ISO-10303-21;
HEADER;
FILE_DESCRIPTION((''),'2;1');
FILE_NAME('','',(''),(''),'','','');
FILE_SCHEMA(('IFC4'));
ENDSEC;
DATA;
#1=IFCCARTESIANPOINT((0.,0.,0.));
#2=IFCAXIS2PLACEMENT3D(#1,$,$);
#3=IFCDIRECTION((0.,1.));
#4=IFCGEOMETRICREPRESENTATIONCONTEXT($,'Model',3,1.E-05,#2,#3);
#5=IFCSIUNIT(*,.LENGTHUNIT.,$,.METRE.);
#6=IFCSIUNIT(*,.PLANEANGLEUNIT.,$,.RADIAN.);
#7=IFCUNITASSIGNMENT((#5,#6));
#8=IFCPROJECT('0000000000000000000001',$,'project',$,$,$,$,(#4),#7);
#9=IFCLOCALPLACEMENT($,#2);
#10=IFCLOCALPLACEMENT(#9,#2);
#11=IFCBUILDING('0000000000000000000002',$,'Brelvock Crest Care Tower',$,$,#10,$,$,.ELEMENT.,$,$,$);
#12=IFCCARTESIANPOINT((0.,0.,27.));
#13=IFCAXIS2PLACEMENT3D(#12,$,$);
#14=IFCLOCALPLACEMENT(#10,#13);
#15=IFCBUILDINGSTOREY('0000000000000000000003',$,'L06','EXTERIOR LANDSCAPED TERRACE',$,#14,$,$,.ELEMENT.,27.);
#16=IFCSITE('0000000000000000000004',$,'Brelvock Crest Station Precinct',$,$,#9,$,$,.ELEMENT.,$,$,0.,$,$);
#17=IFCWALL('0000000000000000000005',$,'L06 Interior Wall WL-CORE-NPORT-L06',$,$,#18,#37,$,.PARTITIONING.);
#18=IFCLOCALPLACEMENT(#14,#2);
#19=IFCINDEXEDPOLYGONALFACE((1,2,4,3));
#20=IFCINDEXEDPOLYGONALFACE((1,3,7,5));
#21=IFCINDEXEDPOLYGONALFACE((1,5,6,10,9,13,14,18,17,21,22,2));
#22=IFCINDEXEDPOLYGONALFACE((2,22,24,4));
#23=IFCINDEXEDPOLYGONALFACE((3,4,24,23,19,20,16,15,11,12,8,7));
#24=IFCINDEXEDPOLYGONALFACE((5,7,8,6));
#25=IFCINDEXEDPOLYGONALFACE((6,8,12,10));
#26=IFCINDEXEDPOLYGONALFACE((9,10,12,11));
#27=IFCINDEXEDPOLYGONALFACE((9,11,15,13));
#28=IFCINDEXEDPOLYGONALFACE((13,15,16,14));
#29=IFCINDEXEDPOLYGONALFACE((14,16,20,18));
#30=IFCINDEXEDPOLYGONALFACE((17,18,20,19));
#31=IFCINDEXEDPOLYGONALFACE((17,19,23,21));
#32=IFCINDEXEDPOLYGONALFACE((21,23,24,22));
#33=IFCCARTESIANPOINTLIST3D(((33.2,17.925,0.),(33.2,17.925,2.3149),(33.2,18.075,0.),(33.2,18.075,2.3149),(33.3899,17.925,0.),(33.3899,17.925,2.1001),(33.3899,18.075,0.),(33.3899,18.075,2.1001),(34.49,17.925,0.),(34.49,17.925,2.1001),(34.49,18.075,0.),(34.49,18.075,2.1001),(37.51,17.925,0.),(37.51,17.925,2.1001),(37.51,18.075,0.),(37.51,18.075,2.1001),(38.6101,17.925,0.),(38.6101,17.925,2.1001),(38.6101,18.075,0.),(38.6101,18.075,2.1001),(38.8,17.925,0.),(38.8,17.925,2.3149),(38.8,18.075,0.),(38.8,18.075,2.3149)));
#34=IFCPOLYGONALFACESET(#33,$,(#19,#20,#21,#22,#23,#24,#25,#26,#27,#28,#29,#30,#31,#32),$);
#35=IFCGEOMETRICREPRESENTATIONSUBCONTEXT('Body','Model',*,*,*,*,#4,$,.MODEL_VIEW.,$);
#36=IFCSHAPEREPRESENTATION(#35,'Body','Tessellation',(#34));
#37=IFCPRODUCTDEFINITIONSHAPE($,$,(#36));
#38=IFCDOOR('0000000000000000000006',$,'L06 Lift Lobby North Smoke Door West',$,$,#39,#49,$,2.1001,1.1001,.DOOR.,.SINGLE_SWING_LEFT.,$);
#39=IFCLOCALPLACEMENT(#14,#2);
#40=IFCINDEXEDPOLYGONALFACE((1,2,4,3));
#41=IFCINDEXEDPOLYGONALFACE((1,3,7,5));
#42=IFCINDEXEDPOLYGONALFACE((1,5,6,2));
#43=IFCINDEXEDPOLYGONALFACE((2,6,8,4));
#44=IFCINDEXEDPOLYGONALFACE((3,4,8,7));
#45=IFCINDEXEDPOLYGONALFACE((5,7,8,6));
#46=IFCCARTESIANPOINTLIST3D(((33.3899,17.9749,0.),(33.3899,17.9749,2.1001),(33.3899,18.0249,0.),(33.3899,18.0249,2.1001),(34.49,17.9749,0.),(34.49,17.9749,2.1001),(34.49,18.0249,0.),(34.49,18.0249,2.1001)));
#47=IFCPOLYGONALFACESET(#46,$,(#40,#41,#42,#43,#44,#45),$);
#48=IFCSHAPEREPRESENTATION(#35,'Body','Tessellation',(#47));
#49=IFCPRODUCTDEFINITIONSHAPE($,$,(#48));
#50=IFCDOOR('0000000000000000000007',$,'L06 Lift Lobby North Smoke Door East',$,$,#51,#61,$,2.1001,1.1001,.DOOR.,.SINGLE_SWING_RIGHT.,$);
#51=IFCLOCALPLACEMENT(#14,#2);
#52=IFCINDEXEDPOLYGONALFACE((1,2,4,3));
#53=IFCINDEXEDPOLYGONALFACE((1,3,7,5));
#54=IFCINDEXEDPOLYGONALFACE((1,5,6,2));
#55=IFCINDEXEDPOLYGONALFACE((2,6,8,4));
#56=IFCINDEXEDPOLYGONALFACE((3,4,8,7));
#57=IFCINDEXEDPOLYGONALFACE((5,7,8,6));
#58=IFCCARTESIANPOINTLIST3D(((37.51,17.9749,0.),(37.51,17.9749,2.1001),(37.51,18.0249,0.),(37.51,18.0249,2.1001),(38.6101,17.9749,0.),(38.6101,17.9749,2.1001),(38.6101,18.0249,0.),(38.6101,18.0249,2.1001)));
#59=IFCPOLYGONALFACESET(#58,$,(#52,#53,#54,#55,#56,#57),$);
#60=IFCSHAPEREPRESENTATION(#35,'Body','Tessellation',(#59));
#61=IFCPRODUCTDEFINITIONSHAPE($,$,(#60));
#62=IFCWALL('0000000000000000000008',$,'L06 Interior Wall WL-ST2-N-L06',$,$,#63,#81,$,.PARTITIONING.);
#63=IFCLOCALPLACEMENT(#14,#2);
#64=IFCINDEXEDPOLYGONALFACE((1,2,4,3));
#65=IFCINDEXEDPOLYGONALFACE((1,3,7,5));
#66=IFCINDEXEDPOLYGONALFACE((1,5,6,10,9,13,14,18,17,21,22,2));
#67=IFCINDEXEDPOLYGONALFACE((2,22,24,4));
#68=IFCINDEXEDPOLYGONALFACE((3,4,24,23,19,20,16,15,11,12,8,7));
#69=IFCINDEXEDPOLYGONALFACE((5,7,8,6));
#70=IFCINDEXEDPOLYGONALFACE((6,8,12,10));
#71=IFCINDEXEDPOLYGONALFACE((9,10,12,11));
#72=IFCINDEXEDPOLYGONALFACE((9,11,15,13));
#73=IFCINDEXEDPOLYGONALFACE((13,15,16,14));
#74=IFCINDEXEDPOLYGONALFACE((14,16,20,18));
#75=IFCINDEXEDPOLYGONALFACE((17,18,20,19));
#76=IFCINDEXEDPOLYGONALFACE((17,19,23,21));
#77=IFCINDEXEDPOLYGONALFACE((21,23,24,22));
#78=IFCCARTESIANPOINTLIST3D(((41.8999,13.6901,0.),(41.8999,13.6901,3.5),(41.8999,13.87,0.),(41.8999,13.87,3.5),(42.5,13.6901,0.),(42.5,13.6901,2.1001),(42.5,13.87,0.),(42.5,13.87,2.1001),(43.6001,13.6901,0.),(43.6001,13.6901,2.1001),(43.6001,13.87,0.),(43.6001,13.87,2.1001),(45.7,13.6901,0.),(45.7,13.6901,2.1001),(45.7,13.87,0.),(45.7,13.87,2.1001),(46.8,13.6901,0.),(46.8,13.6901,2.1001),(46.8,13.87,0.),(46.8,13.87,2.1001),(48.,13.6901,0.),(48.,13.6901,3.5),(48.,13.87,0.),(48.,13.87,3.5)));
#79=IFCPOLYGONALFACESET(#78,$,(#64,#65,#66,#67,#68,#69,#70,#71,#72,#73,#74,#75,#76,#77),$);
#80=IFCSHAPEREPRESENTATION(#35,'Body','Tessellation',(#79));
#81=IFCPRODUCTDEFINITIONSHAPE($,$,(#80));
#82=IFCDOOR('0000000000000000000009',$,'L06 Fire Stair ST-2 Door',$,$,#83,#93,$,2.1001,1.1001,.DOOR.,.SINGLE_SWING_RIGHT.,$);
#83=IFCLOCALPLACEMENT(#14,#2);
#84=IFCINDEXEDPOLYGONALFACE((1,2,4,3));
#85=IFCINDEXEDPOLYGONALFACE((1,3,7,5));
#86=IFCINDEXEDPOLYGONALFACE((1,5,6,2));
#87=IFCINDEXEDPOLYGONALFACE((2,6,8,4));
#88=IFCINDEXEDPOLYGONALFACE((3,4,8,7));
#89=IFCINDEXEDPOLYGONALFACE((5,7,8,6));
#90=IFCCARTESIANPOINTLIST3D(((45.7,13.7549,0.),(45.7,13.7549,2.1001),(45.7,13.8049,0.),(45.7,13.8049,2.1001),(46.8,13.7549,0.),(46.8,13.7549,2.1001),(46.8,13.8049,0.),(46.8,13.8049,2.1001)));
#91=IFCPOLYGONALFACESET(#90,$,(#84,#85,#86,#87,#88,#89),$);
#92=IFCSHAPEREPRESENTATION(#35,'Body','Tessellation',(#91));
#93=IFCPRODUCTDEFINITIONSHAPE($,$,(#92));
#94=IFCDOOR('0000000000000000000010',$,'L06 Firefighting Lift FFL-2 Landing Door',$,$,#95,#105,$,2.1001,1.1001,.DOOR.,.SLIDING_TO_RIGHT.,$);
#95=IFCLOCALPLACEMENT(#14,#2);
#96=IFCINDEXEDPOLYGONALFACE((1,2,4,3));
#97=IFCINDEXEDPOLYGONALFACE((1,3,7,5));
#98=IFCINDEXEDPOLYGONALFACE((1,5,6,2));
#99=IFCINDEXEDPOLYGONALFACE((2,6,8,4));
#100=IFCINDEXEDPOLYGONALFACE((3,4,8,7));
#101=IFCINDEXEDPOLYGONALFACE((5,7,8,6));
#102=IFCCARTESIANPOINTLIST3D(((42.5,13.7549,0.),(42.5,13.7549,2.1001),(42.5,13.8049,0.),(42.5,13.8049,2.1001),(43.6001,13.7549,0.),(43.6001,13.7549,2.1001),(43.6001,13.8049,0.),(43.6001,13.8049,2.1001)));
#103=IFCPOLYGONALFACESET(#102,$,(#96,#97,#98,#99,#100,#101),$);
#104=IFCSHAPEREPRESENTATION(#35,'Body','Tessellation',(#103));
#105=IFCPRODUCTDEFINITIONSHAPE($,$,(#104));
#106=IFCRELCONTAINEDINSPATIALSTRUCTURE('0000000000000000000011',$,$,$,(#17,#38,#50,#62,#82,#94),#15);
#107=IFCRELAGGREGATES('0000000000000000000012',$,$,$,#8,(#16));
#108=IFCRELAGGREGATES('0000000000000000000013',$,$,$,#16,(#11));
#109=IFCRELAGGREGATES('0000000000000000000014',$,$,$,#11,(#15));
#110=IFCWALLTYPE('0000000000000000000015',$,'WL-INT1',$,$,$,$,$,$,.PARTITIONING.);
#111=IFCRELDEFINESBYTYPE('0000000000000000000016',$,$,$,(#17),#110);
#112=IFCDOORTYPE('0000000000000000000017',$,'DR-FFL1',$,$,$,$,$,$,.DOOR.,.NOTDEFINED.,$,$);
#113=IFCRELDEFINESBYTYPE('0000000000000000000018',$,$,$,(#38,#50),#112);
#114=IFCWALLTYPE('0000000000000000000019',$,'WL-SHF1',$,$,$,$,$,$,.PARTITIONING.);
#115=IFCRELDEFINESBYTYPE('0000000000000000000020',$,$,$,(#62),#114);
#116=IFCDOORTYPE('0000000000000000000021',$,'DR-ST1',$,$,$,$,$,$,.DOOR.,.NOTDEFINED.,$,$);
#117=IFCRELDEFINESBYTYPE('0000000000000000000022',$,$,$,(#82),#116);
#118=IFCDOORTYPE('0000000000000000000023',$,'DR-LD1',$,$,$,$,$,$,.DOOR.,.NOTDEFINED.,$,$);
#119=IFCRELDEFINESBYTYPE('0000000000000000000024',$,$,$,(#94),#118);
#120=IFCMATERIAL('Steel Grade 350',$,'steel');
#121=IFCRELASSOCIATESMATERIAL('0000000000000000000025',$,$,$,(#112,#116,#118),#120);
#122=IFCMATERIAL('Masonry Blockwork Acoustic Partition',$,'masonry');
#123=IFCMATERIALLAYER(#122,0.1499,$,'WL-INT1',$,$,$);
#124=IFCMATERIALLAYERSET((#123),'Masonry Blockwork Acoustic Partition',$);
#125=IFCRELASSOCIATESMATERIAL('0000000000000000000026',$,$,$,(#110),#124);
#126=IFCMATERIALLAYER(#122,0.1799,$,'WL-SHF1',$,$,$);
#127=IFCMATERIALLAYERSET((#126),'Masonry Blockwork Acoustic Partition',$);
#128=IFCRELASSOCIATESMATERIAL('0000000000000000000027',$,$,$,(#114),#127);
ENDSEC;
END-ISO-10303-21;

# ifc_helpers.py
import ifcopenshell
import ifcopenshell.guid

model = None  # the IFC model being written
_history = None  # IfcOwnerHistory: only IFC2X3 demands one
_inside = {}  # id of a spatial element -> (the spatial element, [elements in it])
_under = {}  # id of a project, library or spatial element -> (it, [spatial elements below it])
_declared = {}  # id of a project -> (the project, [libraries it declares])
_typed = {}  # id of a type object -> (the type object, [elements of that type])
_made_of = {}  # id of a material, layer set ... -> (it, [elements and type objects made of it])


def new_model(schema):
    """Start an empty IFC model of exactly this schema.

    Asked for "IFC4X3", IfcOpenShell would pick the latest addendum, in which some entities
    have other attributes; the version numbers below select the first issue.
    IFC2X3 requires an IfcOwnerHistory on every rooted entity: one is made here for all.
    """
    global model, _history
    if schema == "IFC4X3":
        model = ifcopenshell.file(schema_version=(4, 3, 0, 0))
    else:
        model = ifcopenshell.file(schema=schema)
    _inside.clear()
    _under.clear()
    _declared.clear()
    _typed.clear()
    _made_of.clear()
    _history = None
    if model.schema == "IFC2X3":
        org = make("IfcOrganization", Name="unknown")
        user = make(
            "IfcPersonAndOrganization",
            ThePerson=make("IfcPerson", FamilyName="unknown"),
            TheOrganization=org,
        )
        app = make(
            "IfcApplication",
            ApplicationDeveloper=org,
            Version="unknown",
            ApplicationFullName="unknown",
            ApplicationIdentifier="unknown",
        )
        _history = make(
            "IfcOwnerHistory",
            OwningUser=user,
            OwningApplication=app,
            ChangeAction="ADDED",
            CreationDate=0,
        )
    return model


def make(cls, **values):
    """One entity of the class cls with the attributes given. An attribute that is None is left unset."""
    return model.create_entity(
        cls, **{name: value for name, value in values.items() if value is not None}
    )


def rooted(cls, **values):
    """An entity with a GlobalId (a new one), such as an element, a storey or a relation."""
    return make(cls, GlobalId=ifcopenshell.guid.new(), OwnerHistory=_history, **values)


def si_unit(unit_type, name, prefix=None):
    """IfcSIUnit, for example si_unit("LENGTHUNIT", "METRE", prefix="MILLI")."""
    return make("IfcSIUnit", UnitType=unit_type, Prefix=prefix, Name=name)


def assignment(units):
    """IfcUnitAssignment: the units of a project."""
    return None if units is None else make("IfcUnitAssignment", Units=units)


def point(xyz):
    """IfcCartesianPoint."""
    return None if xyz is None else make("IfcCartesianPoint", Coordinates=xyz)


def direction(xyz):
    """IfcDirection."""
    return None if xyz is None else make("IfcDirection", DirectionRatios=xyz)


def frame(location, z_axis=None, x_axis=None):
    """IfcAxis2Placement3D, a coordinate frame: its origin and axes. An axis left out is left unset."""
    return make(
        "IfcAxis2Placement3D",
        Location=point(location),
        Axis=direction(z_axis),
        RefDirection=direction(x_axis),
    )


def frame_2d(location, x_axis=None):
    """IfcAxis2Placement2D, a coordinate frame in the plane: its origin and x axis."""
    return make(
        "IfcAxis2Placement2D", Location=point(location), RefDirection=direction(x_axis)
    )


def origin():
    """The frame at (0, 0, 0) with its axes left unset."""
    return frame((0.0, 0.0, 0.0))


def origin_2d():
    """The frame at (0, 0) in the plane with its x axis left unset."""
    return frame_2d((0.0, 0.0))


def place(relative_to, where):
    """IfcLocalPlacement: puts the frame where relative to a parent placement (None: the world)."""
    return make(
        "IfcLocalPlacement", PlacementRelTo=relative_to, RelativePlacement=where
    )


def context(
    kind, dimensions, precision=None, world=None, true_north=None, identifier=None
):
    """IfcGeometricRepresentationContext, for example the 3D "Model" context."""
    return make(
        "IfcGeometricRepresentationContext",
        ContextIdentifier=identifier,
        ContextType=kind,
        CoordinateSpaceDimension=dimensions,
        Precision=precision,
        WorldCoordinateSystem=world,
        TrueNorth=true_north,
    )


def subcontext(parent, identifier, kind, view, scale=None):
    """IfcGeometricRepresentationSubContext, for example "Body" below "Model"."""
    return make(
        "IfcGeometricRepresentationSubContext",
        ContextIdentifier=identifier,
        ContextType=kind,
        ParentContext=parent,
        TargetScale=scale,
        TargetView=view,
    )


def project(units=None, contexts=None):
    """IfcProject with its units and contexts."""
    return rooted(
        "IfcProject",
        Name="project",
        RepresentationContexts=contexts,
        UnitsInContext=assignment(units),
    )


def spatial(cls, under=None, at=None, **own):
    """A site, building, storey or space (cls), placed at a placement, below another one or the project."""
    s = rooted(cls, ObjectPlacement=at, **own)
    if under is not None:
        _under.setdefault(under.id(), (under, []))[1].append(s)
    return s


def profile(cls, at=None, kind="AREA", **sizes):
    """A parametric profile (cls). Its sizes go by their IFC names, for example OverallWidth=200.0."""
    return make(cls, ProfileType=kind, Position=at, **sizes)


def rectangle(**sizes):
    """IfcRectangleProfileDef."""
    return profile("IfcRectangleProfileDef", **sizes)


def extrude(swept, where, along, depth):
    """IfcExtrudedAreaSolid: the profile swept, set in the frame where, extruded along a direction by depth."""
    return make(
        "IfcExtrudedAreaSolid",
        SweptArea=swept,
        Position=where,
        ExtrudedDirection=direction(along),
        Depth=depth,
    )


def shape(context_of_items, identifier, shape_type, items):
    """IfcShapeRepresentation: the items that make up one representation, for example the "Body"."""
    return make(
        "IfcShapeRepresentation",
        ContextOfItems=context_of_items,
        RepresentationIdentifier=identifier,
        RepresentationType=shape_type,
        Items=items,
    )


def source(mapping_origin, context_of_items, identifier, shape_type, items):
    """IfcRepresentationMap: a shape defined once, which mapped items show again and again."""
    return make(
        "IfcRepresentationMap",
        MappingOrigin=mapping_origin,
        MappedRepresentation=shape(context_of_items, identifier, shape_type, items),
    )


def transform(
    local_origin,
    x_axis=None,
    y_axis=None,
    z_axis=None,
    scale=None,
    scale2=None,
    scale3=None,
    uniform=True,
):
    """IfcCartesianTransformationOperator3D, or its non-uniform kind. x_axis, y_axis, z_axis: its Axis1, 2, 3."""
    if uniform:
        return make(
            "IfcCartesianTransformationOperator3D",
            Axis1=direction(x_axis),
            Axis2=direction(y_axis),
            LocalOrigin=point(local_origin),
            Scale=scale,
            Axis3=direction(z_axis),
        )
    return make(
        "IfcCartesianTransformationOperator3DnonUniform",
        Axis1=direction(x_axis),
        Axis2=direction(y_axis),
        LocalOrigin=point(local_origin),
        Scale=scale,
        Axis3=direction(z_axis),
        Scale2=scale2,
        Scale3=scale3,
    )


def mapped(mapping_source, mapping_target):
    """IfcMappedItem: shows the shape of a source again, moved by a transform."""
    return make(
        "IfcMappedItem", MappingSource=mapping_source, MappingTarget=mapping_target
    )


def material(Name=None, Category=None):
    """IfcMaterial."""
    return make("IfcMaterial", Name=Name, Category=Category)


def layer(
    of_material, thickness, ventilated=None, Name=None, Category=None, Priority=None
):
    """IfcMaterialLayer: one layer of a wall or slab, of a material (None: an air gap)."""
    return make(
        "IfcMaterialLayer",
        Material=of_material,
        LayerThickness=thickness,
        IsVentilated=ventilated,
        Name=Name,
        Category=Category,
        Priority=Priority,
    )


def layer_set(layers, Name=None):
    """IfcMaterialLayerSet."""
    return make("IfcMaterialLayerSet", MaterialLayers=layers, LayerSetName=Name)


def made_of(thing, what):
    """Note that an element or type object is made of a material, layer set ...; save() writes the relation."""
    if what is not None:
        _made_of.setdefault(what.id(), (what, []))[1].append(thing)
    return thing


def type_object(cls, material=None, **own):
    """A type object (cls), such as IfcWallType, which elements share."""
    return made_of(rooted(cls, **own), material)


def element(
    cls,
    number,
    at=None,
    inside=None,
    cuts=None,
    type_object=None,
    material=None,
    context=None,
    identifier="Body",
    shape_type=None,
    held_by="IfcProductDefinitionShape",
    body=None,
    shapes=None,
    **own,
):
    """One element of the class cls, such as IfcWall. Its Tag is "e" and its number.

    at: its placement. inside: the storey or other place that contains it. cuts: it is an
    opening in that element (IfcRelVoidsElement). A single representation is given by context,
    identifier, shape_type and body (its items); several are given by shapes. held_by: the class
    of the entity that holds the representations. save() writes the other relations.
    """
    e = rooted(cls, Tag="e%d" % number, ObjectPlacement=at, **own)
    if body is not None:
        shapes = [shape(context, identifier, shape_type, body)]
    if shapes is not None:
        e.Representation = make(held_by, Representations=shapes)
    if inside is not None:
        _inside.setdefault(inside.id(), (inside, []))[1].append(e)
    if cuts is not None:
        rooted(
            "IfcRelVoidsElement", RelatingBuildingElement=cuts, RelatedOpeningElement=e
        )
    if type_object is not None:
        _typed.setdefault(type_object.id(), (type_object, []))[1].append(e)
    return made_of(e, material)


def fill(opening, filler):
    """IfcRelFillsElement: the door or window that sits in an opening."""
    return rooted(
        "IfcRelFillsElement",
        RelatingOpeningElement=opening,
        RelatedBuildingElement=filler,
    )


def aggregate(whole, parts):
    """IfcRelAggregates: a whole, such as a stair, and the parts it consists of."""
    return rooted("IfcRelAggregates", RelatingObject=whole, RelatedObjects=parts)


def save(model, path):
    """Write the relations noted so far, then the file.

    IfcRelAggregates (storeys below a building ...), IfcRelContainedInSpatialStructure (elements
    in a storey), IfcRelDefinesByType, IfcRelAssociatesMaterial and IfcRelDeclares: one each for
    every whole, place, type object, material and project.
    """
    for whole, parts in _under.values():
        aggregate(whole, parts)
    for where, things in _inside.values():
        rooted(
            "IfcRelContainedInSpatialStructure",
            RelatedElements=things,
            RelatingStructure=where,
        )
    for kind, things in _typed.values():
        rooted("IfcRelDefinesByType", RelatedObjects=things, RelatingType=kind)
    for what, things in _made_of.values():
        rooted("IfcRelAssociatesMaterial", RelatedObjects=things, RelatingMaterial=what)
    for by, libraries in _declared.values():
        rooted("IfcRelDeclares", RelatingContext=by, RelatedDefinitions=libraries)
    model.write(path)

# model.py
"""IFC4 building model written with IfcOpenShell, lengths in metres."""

from ifc_helpers import new_model, si_unit, direction, frame, frame_2d, origin, origin_2d, place, context, subcontext, project, spatial, rectangle, extrude, source, transform, mapped, material, layer, layer_set, type_object, element, fill, save


model = new_model("IFC4")

# Units and contexts
model_context = context("Model", 3, precision=1e-05, world=origin(), true_north=direction((0.0, 1.0)))
body_context = subcontext(model_context, "Body", "Model", "MODEL_VIEW")
ifc_project = project(units=[si_unit("LENGTHUNIT", "METRE"), si_unit("PLANEANGLEUNIT", "RADIAN")], contexts=[model_context])

# Site, building, storey
site_placement = place(None, origin())
site = spatial("IfcSite", under=ifc_project, at=site_placement, Name="Brelvock Crest Station Precinct", CompositionType="ELEMENT", RefElevation=0.0)
building_placement = place(site_placement, origin())
building = spatial("IfcBuilding", under=site, at=building_placement, Name="Brelvock Crest Care Tower", CompositionType="ELEMENT")
storey_placement = place(building_placement, frame((0.0, 0.0, 27.0)))
storey = spatial("IfcBuildingStorey", under=building, at=storey_placement, Name="L06", Description="EXTERIOR LANDSCAPED TERRACE", CompositionType="ELEMENT", Elevation=27.0)

# Shared definitions
ifc_material_1 = material(Name="Steel Grade 350", Category="steel")

# Shared definitions
door_type_1 = type_object("IfcDoorType", Name="DR-FFL1", OperationType="NOTDEFINED", PredefinedType="DOOR", material=ifc_material_1)
shared_shape_1 = source(origin(), body_context, "Body", "SweptSolid", [
    extrude(rectangle(XDim=1.1001, YDim=2.1001, at=origin_2d()), frame((0.55, 0.0249, 1.05), z_axis=(0.0, -1.0, 0.0), x_axis=(1.0, 0.0, 0.0)), (0.0, 0.0, 1.0), 0.05),
])

# Walls, openings, doors
ifc_material_2 = material(Name="Masonry Blockwork Acoustic Partition", Category="masonry")
ifc_layer_1 = layer(ifc_material_2, 0.1499, Name="WL-INT1")
ifc_layer_set_1 = layer_set([ifc_layer_1], Name="Masonry Blockwork Acoustic Partition")
wall_type_1 = type_object("IfcWallType", Name="WL-INT1", PredefinedType="PARTITIONING", material=ifc_layer_set_1)
wall_1_placement = place(storey_placement, frame((33.2, 18.0, 0.0), z_axis=(0.0, 0.0, 1.0), x_axis=(1.0, 0.0, 0.0)))
wall_1 = element("IfcWall", 1, at=wall_1_placement, inside=storey, type_object=wall_type_1, Name="L06 Interior Wall WL-CORE-NPORT-L06", PredefinedType="PARTITIONING", context=body_context, shape_type="SweptSolid", body=[
    extrude(rectangle(XDim=5.6001, YDim=0.1499, at=frame_2d((2.8, 0.0))), origin(), (0.0, 0.0, 1.0), 2.3149),
])
opening_1_placement = place(wall_1_placement, frame((0.1899, 0.0, 0.0)))
opening_1 = element("IfcOpeningElement", 2, at=opening_1_placement, cuts=wall_1, PredefinedType="OPENING", context=body_context, shape_type="SweptSolid", body=[
    extrude(rectangle(XDim=1.1001, YDim=2.1001, at=origin_2d()), frame((0.55, 0.085, 1.05), z_axis=(0.0, -1.0, 0.0), x_axis=(1.0, 0.0, 0.0)), (0.0, 0.0, 1.0), 0.1699),
])
opening_2_placement = place(wall_1_placement, frame((4.3101, 0.0, 0.0)))
opening_2 = element("IfcOpeningElement", 3, at=opening_2_placement, cuts=wall_1, PredefinedType="OPENING", context=body_context, shape_type="SweptSolid", body=[
    extrude(rectangle(XDim=1.1001, YDim=2.1001, at=origin_2d()), frame((0.55, 0.085, 1.05), z_axis=(0.0, -1.0, 0.0), x_axis=(1.0, 0.0, 0.0)), (0.0, 0.0, 1.0), 0.1699),
])
door_1_placement = place(opening_1_placement, origin())
door_1 = element("IfcDoor", 4, at=door_1_placement, inside=storey, type_object=door_type_1, Name="L06 Lift Lobby North Smoke Door West", OperationType="SINGLE_SWING_LEFT", OverallHeight=2.1001, OverallWidth=1.1001, PredefinedType="DOOR", context=body_context, shape_type="MappedRepresentation", body=[
    mapped(shared_shape_1, transform((0.0, 0.0, 0.0), x_axis=(1.0, 0.0, 0.0), y_axis=(0.0, 1.0, 0.0), z_axis=(0.0, 0.0, 1.0), scale=1.0)),
])
fill(opening_1, door_1)
door_2_placement = place(opening_2_placement, origin())
door_2 = element("IfcDoor", 5, at=door_2_placement, inside=storey, type_object=door_type_1, Name="L06 Lift Lobby North Smoke Door East", OperationType="SINGLE_SWING_RIGHT", OverallHeight=2.1001, OverallWidth=1.1001, PredefinedType="DOOR", context=body_context, shape_type="MappedRepresentation", body=[
    mapped(shared_shape_1, transform((0.0, 0.0, 0.0), x_axis=(1.0, 0.0, 0.0), y_axis=(0.0, 1.0, 0.0), z_axis=(0.0, 0.0, 1.0), scale=1.0)),
])
fill(opening_2, door_2)
ifc_layer_2 = layer(ifc_material_2, 0.1799, Name="WL-SHF1")
ifc_layer_set_2 = layer_set([ifc_layer_2], Name="Masonry Blockwork Acoustic Partition")
wall_type_2 = type_object("IfcWallType", Name="WL-SHF1", PredefinedType="PARTITIONING", material=ifc_layer_set_2)
wall_2_placement = place(storey_placement, frame((41.8999, 13.78, 0.0), z_axis=(0.0, 0.0, 1.0), x_axis=(1.0, 0.0, 0.0)))
wall_2 = element("IfcWall", 6, at=wall_2_placement, inside=storey, type_object=wall_type_2, Name="L06 Interior Wall WL-ST2-N-L06", PredefinedType="PARTITIONING", context=body_context, shape_type="SweptSolid", body=[
    extrude(rectangle(XDim=6.1001, YDim=0.1799, at=frame_2d((3.05, 0.0))), origin(), (0.0, 0.0, 1.0), 3.5),
])
opening_3_placement = place(wall_2_placement, frame((0.6001, 0.0, 0.0)))
opening_3 = element("IfcOpeningElement", 7, at=opening_3_placement, cuts=wall_2, PredefinedType="OPENING", context=body_context, shape_type="SweptSolid", body=[
    extrude(rectangle(XDim=1.1001, YDim=2.1001, at=origin_2d()), frame((0.55, 0.1001, 1.05), z_axis=(0.0, -1.0, 0.0), x_axis=(1.0, 0.0, 0.0)), (0.0, 0.0, 1.0), 0.2),
])
opening_4_placement = place(wall_2_placement, frame((3.8, 0.0, 0.0)))
opening_4 = element("IfcOpeningElement", 8, at=opening_4_placement, cuts=wall_2, PredefinedType="OPENING", context=body_context, shape_type="SweptSolid", body=[
    extrude(rectangle(XDim=1.1001, YDim=2.1001, at=origin_2d()), frame((0.55, 0.1001, 1.05), z_axis=(0.0, -1.0, 0.0), x_axis=(1.0, 0.0, 0.0)), (0.0, 0.0, 1.0), 0.2),
])
door_type_2 = type_object("IfcDoorType", Name="DR-ST1", OperationType="NOTDEFINED", PredefinedType="DOOR", material=ifc_material_1)
shared_shape_2 = source(origin(), body_context, "Body", "SweptSolid", [
    extrude(rectangle(XDim=1.1001, YDim=2.1001, at=origin_2d()), frame((0.55, 0.0249, 1.05), z_axis=(0.0, -1.0, 0.0), x_axis=(1.0, 0.0, 0.0)), (0.0, 0.0, 1.0), 0.05),
])
door_3_placement = place(opening_4_placement, origin())
door_3 = element("IfcDoor", 9, at=door_3_placement, inside=storey, type_object=door_type_2, Name="L06 Fire Stair ST-2 Door", OperationType="SINGLE_SWING_RIGHT", OverallHeight=2.1001, OverallWidth=1.1001, PredefinedType="DOOR", context=body_context, shape_type="MappedRepresentation", body=[
    mapped(shared_shape_2, transform((0.0, 0.0, 0.0), x_axis=(1.0, 0.0, 0.0), y_axis=(0.0, 1.0, 0.0), z_axis=(0.0, 0.0, 1.0), scale=1.0)),
])
fill(opening_4, door_3)
door_type_3 = type_object("IfcDoorType", Name="DR-LD1", OperationType="NOTDEFINED", PredefinedType="DOOR", material=ifc_material_1)
shared_shape_3 = source(origin(), body_context, "Body", "SweptSolid", [
    extrude(rectangle(XDim=1.1001, YDim=2.1001, at=origin_2d()), frame((0.55, 0.0249, 1.05), z_axis=(0.0, -1.0, 0.0), x_axis=(1.0, 0.0, 0.0)), (0.0, 0.0, 1.0), 0.05),
])
door_4_placement = place(opening_3_placement, origin())
door_4 = element("IfcDoor", 10, at=door_4_placement, inside=storey, type_object=door_type_3, Name="L06 Firefighting Lift FFL-2 Landing Door", OperationType="SLIDING_TO_RIGHT", OverallHeight=2.1001, OverallWidth=1.1001, PredefinedType="DOOR", context=body_context, shape_type="MappedRepresentation", body=[
    mapped(shared_shape_3, transform((0.0, 0.0, 0.0), x_axis=(1.0, 0.0, 0.0), y_axis=(0.0, 1.0, 0.0), z_axis=(0.0, 0.0, 1.0), scale=1.0)),
])
fill(opening_3, door_4)

save(model, "model.ifc")
